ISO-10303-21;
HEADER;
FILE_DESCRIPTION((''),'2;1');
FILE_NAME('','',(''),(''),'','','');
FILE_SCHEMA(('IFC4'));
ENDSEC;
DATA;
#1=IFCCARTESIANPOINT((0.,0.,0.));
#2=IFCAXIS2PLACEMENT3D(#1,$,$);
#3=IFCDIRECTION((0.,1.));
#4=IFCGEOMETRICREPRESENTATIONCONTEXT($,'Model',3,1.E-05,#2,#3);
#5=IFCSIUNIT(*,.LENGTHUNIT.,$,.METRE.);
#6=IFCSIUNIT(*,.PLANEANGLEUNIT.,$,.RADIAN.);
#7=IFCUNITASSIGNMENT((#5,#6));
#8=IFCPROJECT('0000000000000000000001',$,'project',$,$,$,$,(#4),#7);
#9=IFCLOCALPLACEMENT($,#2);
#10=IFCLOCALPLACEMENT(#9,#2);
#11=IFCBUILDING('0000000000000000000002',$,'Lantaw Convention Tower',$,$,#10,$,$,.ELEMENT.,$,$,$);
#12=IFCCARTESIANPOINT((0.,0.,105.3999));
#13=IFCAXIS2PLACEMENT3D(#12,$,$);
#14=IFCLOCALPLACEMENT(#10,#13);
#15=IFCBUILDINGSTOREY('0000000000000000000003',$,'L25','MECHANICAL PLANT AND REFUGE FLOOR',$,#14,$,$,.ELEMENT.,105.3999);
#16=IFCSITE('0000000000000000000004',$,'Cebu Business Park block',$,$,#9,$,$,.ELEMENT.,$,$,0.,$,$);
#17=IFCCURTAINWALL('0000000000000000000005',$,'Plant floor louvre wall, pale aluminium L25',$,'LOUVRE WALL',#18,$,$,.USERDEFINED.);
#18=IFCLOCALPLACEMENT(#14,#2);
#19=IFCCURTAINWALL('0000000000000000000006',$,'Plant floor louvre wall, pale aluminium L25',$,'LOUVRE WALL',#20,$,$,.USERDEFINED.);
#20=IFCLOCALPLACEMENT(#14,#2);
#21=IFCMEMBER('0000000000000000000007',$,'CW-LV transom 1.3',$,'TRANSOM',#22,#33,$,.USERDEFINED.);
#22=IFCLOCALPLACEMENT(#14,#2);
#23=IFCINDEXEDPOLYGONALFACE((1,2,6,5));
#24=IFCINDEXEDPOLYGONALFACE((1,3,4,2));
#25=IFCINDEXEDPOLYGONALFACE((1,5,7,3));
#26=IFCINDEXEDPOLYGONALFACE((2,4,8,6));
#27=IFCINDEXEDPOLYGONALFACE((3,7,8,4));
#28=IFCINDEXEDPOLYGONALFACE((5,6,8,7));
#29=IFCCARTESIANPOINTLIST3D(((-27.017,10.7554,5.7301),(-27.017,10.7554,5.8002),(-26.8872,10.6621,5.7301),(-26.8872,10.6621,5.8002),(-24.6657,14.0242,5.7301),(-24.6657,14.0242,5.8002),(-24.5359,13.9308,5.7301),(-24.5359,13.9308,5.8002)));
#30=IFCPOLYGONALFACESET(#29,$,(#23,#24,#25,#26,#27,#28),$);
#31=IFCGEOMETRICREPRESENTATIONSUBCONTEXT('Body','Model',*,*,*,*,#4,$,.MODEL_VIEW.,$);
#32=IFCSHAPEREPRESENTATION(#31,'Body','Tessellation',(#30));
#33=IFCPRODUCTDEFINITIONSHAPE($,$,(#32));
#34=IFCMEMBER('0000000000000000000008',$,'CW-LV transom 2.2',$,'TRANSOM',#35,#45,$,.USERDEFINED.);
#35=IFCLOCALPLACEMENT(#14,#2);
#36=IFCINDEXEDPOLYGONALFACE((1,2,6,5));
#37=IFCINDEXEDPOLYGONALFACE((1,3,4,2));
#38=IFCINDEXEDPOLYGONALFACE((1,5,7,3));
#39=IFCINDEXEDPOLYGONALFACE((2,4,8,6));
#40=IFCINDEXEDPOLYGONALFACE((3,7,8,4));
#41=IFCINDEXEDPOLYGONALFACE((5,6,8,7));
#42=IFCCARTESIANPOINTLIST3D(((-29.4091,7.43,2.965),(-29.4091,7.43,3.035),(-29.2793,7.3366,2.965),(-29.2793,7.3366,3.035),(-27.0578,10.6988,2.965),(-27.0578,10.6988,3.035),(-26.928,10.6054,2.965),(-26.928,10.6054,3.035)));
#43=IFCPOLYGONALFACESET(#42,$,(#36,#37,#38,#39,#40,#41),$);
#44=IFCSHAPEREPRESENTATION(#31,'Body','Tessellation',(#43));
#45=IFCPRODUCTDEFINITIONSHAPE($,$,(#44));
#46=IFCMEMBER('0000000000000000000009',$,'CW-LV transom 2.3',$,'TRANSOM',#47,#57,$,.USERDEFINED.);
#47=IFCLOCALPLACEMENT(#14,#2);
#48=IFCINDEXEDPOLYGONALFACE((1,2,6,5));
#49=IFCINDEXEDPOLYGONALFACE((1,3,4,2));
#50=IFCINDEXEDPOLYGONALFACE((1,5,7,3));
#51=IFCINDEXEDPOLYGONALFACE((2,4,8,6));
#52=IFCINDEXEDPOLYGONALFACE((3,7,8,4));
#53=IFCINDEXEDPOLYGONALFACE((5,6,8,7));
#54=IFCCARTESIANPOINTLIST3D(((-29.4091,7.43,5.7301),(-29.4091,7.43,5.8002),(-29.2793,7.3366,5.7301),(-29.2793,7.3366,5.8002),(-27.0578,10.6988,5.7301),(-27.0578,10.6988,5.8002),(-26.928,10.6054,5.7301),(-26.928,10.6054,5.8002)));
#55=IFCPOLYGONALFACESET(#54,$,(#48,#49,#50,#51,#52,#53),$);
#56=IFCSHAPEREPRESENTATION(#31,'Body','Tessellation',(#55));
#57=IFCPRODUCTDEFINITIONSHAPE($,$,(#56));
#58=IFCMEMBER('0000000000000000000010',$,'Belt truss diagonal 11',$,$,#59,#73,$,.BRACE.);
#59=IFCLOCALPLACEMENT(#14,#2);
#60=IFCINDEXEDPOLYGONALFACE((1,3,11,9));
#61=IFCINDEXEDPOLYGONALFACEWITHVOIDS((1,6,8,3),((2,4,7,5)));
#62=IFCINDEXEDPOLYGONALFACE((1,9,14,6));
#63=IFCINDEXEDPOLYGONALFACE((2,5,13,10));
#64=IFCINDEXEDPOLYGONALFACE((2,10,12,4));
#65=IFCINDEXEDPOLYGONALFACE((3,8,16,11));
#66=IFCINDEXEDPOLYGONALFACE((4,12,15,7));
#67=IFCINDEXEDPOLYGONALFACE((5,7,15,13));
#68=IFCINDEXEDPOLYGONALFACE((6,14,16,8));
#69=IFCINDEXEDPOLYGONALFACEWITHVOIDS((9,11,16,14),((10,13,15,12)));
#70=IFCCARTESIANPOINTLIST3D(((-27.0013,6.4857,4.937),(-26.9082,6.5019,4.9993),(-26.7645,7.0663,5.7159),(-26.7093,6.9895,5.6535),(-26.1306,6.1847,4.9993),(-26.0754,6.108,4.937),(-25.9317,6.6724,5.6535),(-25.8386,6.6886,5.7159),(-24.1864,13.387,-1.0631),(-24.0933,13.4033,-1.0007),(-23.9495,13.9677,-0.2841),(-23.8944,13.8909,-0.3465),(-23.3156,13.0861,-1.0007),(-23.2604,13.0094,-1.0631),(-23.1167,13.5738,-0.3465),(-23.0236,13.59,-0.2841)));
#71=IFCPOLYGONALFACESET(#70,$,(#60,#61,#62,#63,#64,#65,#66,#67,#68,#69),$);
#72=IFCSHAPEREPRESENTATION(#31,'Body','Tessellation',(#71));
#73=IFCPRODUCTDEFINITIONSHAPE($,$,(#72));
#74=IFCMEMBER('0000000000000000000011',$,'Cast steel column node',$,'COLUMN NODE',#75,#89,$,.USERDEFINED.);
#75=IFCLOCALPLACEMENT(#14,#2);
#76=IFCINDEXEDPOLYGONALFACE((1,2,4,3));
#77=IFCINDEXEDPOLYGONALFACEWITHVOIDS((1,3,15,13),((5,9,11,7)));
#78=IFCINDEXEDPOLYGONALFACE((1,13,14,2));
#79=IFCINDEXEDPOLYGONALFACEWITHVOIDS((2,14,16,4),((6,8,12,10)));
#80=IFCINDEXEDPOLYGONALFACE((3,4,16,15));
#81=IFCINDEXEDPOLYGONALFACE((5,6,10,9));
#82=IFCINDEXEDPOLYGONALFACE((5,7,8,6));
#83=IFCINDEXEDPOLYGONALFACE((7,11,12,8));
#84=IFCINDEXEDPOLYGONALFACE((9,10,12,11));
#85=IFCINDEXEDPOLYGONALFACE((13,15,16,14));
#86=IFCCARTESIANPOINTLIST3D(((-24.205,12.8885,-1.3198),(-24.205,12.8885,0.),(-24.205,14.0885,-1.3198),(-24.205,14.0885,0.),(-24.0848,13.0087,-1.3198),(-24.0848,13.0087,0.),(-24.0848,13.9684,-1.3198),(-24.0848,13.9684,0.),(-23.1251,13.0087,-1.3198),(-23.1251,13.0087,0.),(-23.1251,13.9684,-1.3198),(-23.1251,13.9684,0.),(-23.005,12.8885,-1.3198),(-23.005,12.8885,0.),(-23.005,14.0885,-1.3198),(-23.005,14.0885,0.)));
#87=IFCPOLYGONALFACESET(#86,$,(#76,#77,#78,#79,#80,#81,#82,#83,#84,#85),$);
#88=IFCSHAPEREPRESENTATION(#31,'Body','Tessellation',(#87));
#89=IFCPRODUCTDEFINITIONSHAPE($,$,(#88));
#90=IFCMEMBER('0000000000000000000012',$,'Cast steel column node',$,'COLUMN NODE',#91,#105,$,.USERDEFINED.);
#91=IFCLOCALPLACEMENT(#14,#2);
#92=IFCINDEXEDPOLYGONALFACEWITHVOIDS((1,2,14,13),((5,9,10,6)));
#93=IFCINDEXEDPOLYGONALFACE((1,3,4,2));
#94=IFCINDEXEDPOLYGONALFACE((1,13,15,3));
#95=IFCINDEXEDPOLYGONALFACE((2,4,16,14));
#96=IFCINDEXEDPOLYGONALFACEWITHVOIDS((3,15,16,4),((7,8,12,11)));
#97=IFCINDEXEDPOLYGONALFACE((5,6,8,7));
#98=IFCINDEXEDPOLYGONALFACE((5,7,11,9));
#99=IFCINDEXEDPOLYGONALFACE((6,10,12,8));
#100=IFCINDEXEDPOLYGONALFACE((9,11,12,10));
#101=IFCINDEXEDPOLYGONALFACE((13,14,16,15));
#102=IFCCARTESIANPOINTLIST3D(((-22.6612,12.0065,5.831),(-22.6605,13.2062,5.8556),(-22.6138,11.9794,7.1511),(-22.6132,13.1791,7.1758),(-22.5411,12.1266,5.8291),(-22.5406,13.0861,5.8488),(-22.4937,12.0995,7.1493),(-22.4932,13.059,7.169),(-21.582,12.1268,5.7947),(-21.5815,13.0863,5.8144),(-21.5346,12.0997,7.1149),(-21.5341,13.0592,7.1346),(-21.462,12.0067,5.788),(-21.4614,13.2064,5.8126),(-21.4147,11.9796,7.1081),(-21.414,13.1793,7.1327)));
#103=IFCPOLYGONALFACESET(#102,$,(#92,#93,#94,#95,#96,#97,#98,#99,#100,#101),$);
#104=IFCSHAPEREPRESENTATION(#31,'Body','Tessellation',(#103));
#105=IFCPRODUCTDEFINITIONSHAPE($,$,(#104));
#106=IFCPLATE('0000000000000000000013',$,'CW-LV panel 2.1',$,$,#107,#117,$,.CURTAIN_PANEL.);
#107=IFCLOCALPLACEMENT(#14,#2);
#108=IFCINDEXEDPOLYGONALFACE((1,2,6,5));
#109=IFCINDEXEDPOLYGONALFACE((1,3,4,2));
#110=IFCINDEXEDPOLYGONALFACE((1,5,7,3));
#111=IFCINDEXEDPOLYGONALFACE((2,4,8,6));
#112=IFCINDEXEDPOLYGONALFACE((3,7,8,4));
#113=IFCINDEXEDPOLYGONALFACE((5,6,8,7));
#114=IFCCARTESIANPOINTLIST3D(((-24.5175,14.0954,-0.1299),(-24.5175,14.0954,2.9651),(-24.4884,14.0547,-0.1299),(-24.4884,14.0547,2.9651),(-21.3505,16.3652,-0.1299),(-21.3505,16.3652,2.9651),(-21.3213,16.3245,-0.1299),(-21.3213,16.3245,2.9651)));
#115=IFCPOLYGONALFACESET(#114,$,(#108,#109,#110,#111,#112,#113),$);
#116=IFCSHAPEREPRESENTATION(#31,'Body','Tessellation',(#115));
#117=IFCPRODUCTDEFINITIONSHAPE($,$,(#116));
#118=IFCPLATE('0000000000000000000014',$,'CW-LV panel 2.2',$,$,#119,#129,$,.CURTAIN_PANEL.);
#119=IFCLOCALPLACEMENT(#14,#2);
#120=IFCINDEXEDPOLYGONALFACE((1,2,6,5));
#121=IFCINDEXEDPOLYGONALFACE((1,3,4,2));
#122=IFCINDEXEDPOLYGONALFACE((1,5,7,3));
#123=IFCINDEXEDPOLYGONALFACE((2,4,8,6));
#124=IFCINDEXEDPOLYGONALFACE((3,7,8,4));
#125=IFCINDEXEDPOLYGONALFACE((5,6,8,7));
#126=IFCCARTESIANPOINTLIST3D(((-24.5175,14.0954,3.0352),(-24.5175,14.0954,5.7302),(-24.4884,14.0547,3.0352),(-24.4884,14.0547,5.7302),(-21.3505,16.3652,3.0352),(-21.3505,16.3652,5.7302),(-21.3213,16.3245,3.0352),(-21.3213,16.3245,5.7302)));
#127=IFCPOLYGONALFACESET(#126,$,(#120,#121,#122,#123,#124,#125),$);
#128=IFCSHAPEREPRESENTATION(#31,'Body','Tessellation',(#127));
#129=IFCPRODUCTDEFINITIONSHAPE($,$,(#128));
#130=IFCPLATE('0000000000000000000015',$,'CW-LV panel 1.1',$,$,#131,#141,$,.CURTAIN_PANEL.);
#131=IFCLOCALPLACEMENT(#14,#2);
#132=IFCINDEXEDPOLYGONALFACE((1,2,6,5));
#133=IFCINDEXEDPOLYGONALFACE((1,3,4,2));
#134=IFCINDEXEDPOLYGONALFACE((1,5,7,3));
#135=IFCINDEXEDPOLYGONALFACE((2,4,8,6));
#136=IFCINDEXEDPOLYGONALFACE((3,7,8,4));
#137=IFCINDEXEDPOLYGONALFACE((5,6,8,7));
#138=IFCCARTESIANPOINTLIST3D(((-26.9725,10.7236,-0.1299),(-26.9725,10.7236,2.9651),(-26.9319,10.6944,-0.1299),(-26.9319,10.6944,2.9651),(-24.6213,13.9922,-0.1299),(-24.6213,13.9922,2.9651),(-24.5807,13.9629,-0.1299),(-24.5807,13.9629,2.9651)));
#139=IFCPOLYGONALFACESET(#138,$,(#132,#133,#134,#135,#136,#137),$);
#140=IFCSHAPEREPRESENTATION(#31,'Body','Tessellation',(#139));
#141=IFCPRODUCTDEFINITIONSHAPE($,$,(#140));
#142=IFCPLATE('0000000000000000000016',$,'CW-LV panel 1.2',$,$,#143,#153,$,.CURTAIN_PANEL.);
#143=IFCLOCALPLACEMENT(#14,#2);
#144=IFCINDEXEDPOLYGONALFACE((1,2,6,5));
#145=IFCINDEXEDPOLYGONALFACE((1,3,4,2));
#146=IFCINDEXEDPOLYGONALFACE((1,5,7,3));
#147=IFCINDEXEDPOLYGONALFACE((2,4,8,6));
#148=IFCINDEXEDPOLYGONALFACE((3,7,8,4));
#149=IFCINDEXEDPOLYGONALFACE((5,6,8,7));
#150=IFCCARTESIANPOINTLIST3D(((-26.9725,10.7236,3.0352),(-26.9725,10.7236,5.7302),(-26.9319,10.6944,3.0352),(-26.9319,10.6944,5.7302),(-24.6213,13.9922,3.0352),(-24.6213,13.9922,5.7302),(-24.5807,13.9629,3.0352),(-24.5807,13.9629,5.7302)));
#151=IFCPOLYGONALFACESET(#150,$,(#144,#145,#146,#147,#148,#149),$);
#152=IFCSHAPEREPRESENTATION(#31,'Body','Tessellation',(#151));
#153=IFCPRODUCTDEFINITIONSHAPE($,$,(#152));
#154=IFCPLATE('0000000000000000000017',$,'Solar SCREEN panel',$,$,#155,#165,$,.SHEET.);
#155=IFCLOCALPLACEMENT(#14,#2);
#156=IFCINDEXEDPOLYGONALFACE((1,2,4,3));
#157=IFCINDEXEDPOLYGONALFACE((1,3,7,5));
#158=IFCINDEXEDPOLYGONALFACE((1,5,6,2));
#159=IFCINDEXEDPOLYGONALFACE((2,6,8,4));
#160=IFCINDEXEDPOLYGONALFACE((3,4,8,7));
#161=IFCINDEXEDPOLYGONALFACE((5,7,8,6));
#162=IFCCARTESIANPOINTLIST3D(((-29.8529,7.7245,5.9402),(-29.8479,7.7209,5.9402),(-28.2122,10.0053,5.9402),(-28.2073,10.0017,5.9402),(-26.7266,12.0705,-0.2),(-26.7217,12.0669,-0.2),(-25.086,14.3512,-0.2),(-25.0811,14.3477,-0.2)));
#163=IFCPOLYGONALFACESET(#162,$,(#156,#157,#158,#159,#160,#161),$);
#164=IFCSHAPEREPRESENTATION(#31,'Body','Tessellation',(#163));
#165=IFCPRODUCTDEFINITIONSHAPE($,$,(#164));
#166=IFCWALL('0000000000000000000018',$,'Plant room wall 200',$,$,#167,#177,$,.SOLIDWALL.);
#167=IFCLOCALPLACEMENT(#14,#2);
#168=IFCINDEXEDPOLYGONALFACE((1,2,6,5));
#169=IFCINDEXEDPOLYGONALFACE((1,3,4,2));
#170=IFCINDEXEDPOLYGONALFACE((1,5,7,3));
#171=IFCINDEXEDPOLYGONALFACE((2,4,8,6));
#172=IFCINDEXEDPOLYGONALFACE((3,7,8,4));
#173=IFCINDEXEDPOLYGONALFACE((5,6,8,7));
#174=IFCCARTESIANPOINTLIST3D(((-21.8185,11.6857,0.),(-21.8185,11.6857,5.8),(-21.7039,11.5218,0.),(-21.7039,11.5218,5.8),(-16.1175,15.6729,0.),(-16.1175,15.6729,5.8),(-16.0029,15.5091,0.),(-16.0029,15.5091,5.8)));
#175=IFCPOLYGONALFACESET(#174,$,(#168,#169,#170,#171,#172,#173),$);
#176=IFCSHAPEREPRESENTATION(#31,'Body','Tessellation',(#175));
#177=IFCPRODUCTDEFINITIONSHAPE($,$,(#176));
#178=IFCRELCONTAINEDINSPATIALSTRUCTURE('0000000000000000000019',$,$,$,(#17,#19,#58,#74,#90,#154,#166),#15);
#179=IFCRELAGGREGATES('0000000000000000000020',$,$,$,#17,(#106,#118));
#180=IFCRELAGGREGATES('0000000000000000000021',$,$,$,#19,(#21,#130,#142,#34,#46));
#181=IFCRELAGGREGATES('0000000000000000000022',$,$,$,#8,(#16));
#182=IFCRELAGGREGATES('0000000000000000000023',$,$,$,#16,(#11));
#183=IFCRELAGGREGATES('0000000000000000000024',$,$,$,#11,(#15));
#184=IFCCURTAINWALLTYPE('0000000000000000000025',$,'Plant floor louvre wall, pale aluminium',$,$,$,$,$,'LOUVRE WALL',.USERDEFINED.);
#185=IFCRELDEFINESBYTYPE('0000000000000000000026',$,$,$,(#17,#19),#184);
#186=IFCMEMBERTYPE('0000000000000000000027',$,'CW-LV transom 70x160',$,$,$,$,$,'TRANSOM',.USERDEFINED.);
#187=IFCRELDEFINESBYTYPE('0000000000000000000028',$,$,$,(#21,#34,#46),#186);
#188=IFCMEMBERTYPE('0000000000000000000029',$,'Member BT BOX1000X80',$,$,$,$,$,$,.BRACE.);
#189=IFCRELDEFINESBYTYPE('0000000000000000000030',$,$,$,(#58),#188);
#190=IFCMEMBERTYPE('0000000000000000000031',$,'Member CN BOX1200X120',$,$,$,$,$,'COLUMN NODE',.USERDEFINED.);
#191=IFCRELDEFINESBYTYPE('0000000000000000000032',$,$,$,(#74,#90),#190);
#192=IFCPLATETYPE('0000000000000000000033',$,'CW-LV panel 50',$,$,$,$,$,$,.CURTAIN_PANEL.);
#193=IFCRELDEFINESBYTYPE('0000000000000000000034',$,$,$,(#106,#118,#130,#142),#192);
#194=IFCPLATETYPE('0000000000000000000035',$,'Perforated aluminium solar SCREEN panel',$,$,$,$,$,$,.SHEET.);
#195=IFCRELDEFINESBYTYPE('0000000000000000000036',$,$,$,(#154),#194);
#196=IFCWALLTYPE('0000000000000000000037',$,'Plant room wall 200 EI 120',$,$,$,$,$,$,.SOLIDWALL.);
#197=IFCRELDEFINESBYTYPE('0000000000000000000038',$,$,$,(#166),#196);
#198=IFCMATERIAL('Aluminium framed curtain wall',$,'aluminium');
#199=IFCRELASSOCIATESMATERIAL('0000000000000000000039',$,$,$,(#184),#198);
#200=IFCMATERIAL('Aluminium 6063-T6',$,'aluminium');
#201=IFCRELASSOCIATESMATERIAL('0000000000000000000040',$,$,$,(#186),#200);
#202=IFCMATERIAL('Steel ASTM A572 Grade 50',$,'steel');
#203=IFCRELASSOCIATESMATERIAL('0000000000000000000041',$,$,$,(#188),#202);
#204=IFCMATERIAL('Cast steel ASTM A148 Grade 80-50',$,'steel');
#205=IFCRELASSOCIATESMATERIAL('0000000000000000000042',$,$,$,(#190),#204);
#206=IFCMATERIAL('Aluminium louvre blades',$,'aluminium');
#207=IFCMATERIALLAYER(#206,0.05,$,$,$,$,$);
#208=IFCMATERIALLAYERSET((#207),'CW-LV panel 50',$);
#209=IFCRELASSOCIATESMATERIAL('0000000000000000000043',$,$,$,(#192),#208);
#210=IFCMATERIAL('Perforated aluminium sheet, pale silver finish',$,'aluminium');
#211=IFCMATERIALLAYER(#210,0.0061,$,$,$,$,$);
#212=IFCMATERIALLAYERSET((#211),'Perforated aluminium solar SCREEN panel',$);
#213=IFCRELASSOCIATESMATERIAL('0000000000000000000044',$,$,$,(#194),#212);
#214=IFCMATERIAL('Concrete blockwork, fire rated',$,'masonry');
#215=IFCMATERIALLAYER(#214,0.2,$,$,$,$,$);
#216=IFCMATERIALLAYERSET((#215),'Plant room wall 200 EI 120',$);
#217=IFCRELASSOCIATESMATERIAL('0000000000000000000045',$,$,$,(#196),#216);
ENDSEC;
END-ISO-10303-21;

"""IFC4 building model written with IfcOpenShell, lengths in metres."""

from ifc_helpers import new_model, si_unit, direction, frame, frame_2d, origin, origin_2d, place, context, subcontext, project, spatial, polyline, rectangle, hollow_rectangle, outline, extrude, material, layer, layer_set, material_profile, profile_set, type_object, element, aggregate, save


model = new_model("IFC4")

# Units and contexts
model_context = context("Model", 3, precision=1e-05, world=origin(), true_north=direction((0.0, 1.0)))
body_context = subcontext(model_context, "Body", "Model", "MODEL_VIEW")
ifc_project = project(units=[si_unit("LENGTHUNIT", "METRE"), si_unit("PLANEANGLEUNIT", "RADIAN")], contexts=[model_context])

# Site, building, storey
site_placement = place(None, origin())
site = spatial("IfcSite", under=ifc_project, at=site_placement, Name="Cebu Business Park block", CompositionType="ELEMENT", RefElevation=0.0)
building_placement = place(site_placement, origin())
building = spatial("IfcBuilding", under=site, at=building_placement, Name="Lantaw Convention Tower", CompositionType="ELEMENT")
storey_placement = place(building_placement, frame((0.0, 0.0, 105.3999)))
storey = spatial("IfcBuildingStorey", under=building, at=storey_placement, Name="L25", Description="MECHANICAL PLANT AND REFUGE FLOOR", CompositionType="ELEMENT", Elevation=105.3999)

# Curtain wall
ifc_material_1 = material(Name="Aluminium framed curtain wall", Category="aluminium")
curtain_wall_type = type_object("IfcCurtainWallType", Name="Plant floor louvre wall, pale aluminium", ElementType="LOUVRE WALL", PredefinedType="USERDEFINED", material=ifc_material_1)
curtain_wall_1_placement = place(storey_placement, origin())
curtain_wall_1 = element("IfcCurtainWall", 1, at=curtain_wall_1_placement, inside=storey, type_object=curtain_wall_type, Name="Plant floor louvre wall, pale aluminium L25", ObjectType="LOUVRE WALL", PredefinedType="USERDEFINED")
ifc_material_2 = material(Name="Aluminium 6063-T6", Category="aluminium")

# Curtain wall, members
curtain_wall_2_placement = place(storey_placement, origin())
curtain_wall_2 = element("IfcCurtainWall", 2, at=curtain_wall_2_placement, inside=storey, type_object=curtain_wall_type, Name="Plant floor louvre wall, pale aluminium L25", ObjectType="LOUVRE WALL", PredefinedType="USERDEFINED")
ifc_material_profile_1 = material_profile(ifc_material_2, rectangle(XDim=0.1599, YDim=0.0701, at=origin_2d()), Name="CW-LV transom 70x160")
ifc_profile_set_1 = profile_set([ifc_material_profile_1], Name="Aluminium 6063-T6")
member_type_1 = type_object("IfcMemberType", Name="CW-LV transom 70x160", ElementType="TRANSOM", PredefinedType="USERDEFINED", material=ifc_profile_set_1)
member_1_placement = place(storey_placement, frame((-24.6008, 13.9775, 5.7651), z_axis=(-0.583942, -0.811795, 0.0), x_axis=(0.811795, -0.583942, 0.0)))
member_1 = element("IfcMember", 3, at=member_1_placement, type_object=member_type_1, Name="CW-LV transom 1.3", ObjectType="TRANSOM", PredefinedType="USERDEFINED", context=body_context, shape_type="SweptSolid", body=[
    extrude(rectangle(XDim=0.1599, YDim=0.0701, at=origin_2d()), origin(), (0.0, 0.0, 1.0), 4.0266),
])
member_2_placement = place(storey_placement, frame((-26.9929, 10.6521, 3.0), z_axis=(-0.583942, -0.811795, 0.0), x_axis=(0.811795, -0.583942, 0.0)))
member_2 = element("IfcMember", 4, at=member_2_placement, type_object=member_type_1, Name="CW-LV transom 2.2", ObjectType="TRANSOM", PredefinedType="USERDEFINED", context=body_context, shape_type="SweptSolid", body=[
    extrude(rectangle(XDim=0.1599, YDim=0.0701, at=origin_2d()), origin(), (0.0, 0.0, 1.0), 4.0266),
])
member_3_placement = place(storey_placement, frame((-26.9929, 10.6521, 5.7651), z_axis=(-0.583942, -0.811795, 0.0), x_axis=(0.811795, -0.583942, 0.0)))
member_3 = element("IfcMember", 5, at=member_3_placement, type_object=member_type_1, Name="CW-LV transom 2.3", ObjectType="TRANSOM", PredefinedType="USERDEFINED", context=body_context, shape_type="SweptSolid", body=[
    extrude(rectangle(XDim=0.1599, YDim=0.0701, at=origin_2d()), origin(), (0.0, 0.0, 1.0), 4.0266),
])

# Members
ifc_material_3 = material(Name="Steel ASTM A572 Grade 50", Category="steel")
ifc_material_profile_2 = material_profile(ifc_material_3, hollow_rectangle(XDim=1.0, YDim=1.0, WallThickness=0.0801, at=origin_2d()), Name="BOX1000X80")
ifc_profile_set_2 = profile_set([ifc_material_profile_2], Name="Steel ASTM A572 Grade 50")
member_type_2 = type_object("IfcMemberType", Name="Member BT BOX1000X80", PredefinedType="BRACE", material=ifc_profile_set_2)
member_4_placement = place(storey_placement, frame((-23.605, 13.4885, -0.6736), z_axis=(-0.294194, -0.721273, 0.627069), x_axis=(0.925939, -0.377674, 0.0)))
element("IfcMember", 6, at=member_4_placement, inside=storey, type_object=member_type_2, Name="Belt truss diagonal 11", PredefinedType="BRACE", context=body_context, shape_type="SweptSolid", body=[
    extrude(hollow_rectangle(XDim=1.0, YDim=1.0, WallThickness=0.0801, at=origin_2d()), origin(), (0.0, 0.0, 1.0), 9.5684),
])
ifc_material_4 = material(Name="Cast steel ASTM A148 Grade 80-50", Category="steel")
ifc_material_profile_3 = material_profile(ifc_material_4, hollow_rectangle(XDim=1.2, YDim=1.2, WallThickness=0.1201, at=origin_2d()), Name="BOX1200X120")
ifc_profile_set_3 = profile_set([ifc_material_profile_3], Name="Cast steel ASTM A148 Grade 80-50")
member_type_3 = type_object("IfcMemberType", Name="Member CN BOX1200X120", ElementType="COLUMN NODE", PredefinedType="USERDEFINED", material=ifc_profile_set_3)
member_5_placement = place(storey_placement, frame((-23.605, 13.4885, -1.3198), z_axis=(0.0, 0.0, 1.0), x_axis=(1.0, 0.0, 0.0)))
element("IfcMember", 7, at=member_5_placement, inside=storey, type_object=member_type_3, Name="Cast steel column node", ObjectType="COLUMN NODE", PredefinedType="USERDEFINED", context=body_context, shape_type="SweptSolid", body=[
    extrude(hollow_rectangle(XDim=1.2, YDim=1.2, WallThickness=0.1201, at=origin_2d()), origin(), (0.0, 0.0, 1.0), 1.3198),
])
member_6_placement = place(storey_placement, frame((-22.0613, 12.6064, 5.8218), z_axis=(0.035849, -0.020511, 0.999147), x_axis=(0.999357, 0.000172, -0.035853)))
element("IfcMember", 8, at=member_6_placement, inside=storey, type_object=member_type_3, Name="Cast steel column node", ObjectType="COLUMN NODE", PredefinedType="USERDEFINED", context=body_context, shape_type="SweptSolid", body=[
    extrude(hollow_rectangle(XDim=1.2, YDim=1.2, WallThickness=0.1201, at=origin_2d()), origin(), (0.0, 0.0, 1.0), 1.3213),
])

# Plates
ifc_material_5 = material(Name="Aluminium louvre blades", Category="aluminium")
ifc_layer_1 = layer(ifc_material_5, 0.05)
ifc_layer_set_1 = layer_set([ifc_layer_1], Name="CW-LV panel 50")
plate_type_1 = type_object("IfcPlateType", Name="CW-LV panel 50", PredefinedType="CURTAIN_PANEL", material=ifc_layer_set_1)
plate_1_placement = place(storey_placement, frame((-22.9194, 15.21, -0.1299), z_axis=(0.0, 0.0, 1.0), x_axis=(-0.812804, -0.582538, 0.0)))
plate_1 = element("IfcPlate", 9, at=plate_1_placement, type_object=plate_type_1, Name="CW-LV panel 2.1", PredefinedType="CURTAIN_PANEL", context=body_context, shape_type="SweptSolid", body=[
    extrude(rectangle(XDim=3.8965, YDim=0.05, at=origin_2d()), origin(), (0.0, 0.0, 1.0), 3.095),
])
plate_2_placement = place(storey_placement, frame((-22.9194, 15.21, 3.0352), z_axis=(0.0, 0.0, 1.0), x_axis=(-0.812804, -0.582538, 0.0)))
plate_2 = element("IfcPlate", 10, at=plate_2_placement, type_object=plate_type_1, Name="CW-LV panel 2.2", PredefinedType="CURTAIN_PANEL", context=body_context, shape_type="SweptSolid", body=[
    extrude(rectangle(XDim=3.8965, YDim=0.05, at=origin_2d()), origin(), (0.0, 0.0, 1.0), 2.6951),
])
aggregate(curtain_wall_1, [plate_1, plate_2])
plate_3_placement = place(storey_placement, frame((-25.7766, 12.3433, -0.1299), z_axis=(0.0, 0.0, 1.0), x_axis=(-0.583951, -0.811789, 0.0)))
plate_3 = element("IfcPlate", 11, at=plate_3_placement, type_object=plate_type_1, Name="CW-LV panel 1.1", PredefinedType="CURTAIN_PANEL", context=body_context, shape_type="SweptSolid", body=[
    extrude(rectangle(XDim=4.0264, YDim=0.05, at=origin_2d()), origin(), (0.0, 0.0, 1.0), 3.095),
])
plate_4_placement = place(storey_placement, frame((-25.7766, 12.3433, 3.0352), z_axis=(0.0, 0.0, 1.0), x_axis=(-0.583951, -0.811789, 0.0)))
plate_4 = element("IfcPlate", 12, at=plate_4_placement, type_object=plate_type_1, Name="CW-LV panel 1.2", PredefinedType="CURTAIN_PANEL", context=body_context, shape_type="SweptSolid", body=[
    extrude(rectangle(XDim=4.0264, YDim=0.05, at=origin_2d()), origin(), (0.0, 0.0, 1.0), 2.6951),
])
aggregate(curtain_wall_2, [member_1, plate_3, plate_4, member_2, member_3])
ifc_material_6 = material(Name="Perforated aluminium sheet, pale silver finish", Category="aluminium")
ifc_layer_2 = layer(ifc_material_6, 0.0061)
ifc_layer_set_2 = layer_set([ifc_layer_2], Name="Perforated aluminium solar SCREEN panel")
plate_type_2 = type_object("IfcPlateType", Name="Perforated aluminium solar SCREEN panel", PredefinedType="SHEET", material=ifc_layer_set_2)
plate_5_placement = place(storey_placement, frame((-25.0811, 14.3477, -0.2), z_axis=(0.811791, -0.583948, 0.000005), x_axis=(-0.583948, -0.811791, 0.0)))
element("IfcPlate", 13, at=plate_5_placement, inside=storey, type_object=plate_type_2, Name="Solar SCREEN panel", PredefinedType="SHEET", context=body_context, shape_type="SweptSolid", body=[
    extrude(outline(polyline([(0.0, 0.0), (2.8095, 0.0), (8.1631, -6.1401), (5.3536, -6.1401), (0.0, 0.0)])), origin(), (0.0, 0.0, -1.0), 0.0061),
])

# Wall
ifc_material_7 = material(Name="Concrete blockwork, fire rated", Category="masonry")
ifc_layer_3 = layer(ifc_material_7, 0.2)
ifc_layer_set_3 = layer_set([ifc_layer_3], Name="Plant room wall 200 EI 120")
wall_type = type_object("IfcWallType", Name="Plant room wall 200 EI 120", PredefinedType="SOLIDWALL", material=ifc_layer_set_3)
wall_placement = place(storey_placement, frame((-21.7612, 11.6038, 0.0), z_axis=(0.0, 0.0, 1.0), x_axis=(0.819469, 0.573123, 0.0)))
element("IfcWall", 14, at=wall_placement, inside=storey, type_object=wall_type, Name="Plant room wall 200", PredefinedType="SOLIDWALL", context=body_context, shape_type="SweptSolid", body=[
    extrude(rectangle(XDim=6.957, YDim=0.2, at=frame_2d((3.4785, 0.0))), origin(), (0.0, 0.0, 1.0), 5.8),
])

save(model, "model.ifc")
